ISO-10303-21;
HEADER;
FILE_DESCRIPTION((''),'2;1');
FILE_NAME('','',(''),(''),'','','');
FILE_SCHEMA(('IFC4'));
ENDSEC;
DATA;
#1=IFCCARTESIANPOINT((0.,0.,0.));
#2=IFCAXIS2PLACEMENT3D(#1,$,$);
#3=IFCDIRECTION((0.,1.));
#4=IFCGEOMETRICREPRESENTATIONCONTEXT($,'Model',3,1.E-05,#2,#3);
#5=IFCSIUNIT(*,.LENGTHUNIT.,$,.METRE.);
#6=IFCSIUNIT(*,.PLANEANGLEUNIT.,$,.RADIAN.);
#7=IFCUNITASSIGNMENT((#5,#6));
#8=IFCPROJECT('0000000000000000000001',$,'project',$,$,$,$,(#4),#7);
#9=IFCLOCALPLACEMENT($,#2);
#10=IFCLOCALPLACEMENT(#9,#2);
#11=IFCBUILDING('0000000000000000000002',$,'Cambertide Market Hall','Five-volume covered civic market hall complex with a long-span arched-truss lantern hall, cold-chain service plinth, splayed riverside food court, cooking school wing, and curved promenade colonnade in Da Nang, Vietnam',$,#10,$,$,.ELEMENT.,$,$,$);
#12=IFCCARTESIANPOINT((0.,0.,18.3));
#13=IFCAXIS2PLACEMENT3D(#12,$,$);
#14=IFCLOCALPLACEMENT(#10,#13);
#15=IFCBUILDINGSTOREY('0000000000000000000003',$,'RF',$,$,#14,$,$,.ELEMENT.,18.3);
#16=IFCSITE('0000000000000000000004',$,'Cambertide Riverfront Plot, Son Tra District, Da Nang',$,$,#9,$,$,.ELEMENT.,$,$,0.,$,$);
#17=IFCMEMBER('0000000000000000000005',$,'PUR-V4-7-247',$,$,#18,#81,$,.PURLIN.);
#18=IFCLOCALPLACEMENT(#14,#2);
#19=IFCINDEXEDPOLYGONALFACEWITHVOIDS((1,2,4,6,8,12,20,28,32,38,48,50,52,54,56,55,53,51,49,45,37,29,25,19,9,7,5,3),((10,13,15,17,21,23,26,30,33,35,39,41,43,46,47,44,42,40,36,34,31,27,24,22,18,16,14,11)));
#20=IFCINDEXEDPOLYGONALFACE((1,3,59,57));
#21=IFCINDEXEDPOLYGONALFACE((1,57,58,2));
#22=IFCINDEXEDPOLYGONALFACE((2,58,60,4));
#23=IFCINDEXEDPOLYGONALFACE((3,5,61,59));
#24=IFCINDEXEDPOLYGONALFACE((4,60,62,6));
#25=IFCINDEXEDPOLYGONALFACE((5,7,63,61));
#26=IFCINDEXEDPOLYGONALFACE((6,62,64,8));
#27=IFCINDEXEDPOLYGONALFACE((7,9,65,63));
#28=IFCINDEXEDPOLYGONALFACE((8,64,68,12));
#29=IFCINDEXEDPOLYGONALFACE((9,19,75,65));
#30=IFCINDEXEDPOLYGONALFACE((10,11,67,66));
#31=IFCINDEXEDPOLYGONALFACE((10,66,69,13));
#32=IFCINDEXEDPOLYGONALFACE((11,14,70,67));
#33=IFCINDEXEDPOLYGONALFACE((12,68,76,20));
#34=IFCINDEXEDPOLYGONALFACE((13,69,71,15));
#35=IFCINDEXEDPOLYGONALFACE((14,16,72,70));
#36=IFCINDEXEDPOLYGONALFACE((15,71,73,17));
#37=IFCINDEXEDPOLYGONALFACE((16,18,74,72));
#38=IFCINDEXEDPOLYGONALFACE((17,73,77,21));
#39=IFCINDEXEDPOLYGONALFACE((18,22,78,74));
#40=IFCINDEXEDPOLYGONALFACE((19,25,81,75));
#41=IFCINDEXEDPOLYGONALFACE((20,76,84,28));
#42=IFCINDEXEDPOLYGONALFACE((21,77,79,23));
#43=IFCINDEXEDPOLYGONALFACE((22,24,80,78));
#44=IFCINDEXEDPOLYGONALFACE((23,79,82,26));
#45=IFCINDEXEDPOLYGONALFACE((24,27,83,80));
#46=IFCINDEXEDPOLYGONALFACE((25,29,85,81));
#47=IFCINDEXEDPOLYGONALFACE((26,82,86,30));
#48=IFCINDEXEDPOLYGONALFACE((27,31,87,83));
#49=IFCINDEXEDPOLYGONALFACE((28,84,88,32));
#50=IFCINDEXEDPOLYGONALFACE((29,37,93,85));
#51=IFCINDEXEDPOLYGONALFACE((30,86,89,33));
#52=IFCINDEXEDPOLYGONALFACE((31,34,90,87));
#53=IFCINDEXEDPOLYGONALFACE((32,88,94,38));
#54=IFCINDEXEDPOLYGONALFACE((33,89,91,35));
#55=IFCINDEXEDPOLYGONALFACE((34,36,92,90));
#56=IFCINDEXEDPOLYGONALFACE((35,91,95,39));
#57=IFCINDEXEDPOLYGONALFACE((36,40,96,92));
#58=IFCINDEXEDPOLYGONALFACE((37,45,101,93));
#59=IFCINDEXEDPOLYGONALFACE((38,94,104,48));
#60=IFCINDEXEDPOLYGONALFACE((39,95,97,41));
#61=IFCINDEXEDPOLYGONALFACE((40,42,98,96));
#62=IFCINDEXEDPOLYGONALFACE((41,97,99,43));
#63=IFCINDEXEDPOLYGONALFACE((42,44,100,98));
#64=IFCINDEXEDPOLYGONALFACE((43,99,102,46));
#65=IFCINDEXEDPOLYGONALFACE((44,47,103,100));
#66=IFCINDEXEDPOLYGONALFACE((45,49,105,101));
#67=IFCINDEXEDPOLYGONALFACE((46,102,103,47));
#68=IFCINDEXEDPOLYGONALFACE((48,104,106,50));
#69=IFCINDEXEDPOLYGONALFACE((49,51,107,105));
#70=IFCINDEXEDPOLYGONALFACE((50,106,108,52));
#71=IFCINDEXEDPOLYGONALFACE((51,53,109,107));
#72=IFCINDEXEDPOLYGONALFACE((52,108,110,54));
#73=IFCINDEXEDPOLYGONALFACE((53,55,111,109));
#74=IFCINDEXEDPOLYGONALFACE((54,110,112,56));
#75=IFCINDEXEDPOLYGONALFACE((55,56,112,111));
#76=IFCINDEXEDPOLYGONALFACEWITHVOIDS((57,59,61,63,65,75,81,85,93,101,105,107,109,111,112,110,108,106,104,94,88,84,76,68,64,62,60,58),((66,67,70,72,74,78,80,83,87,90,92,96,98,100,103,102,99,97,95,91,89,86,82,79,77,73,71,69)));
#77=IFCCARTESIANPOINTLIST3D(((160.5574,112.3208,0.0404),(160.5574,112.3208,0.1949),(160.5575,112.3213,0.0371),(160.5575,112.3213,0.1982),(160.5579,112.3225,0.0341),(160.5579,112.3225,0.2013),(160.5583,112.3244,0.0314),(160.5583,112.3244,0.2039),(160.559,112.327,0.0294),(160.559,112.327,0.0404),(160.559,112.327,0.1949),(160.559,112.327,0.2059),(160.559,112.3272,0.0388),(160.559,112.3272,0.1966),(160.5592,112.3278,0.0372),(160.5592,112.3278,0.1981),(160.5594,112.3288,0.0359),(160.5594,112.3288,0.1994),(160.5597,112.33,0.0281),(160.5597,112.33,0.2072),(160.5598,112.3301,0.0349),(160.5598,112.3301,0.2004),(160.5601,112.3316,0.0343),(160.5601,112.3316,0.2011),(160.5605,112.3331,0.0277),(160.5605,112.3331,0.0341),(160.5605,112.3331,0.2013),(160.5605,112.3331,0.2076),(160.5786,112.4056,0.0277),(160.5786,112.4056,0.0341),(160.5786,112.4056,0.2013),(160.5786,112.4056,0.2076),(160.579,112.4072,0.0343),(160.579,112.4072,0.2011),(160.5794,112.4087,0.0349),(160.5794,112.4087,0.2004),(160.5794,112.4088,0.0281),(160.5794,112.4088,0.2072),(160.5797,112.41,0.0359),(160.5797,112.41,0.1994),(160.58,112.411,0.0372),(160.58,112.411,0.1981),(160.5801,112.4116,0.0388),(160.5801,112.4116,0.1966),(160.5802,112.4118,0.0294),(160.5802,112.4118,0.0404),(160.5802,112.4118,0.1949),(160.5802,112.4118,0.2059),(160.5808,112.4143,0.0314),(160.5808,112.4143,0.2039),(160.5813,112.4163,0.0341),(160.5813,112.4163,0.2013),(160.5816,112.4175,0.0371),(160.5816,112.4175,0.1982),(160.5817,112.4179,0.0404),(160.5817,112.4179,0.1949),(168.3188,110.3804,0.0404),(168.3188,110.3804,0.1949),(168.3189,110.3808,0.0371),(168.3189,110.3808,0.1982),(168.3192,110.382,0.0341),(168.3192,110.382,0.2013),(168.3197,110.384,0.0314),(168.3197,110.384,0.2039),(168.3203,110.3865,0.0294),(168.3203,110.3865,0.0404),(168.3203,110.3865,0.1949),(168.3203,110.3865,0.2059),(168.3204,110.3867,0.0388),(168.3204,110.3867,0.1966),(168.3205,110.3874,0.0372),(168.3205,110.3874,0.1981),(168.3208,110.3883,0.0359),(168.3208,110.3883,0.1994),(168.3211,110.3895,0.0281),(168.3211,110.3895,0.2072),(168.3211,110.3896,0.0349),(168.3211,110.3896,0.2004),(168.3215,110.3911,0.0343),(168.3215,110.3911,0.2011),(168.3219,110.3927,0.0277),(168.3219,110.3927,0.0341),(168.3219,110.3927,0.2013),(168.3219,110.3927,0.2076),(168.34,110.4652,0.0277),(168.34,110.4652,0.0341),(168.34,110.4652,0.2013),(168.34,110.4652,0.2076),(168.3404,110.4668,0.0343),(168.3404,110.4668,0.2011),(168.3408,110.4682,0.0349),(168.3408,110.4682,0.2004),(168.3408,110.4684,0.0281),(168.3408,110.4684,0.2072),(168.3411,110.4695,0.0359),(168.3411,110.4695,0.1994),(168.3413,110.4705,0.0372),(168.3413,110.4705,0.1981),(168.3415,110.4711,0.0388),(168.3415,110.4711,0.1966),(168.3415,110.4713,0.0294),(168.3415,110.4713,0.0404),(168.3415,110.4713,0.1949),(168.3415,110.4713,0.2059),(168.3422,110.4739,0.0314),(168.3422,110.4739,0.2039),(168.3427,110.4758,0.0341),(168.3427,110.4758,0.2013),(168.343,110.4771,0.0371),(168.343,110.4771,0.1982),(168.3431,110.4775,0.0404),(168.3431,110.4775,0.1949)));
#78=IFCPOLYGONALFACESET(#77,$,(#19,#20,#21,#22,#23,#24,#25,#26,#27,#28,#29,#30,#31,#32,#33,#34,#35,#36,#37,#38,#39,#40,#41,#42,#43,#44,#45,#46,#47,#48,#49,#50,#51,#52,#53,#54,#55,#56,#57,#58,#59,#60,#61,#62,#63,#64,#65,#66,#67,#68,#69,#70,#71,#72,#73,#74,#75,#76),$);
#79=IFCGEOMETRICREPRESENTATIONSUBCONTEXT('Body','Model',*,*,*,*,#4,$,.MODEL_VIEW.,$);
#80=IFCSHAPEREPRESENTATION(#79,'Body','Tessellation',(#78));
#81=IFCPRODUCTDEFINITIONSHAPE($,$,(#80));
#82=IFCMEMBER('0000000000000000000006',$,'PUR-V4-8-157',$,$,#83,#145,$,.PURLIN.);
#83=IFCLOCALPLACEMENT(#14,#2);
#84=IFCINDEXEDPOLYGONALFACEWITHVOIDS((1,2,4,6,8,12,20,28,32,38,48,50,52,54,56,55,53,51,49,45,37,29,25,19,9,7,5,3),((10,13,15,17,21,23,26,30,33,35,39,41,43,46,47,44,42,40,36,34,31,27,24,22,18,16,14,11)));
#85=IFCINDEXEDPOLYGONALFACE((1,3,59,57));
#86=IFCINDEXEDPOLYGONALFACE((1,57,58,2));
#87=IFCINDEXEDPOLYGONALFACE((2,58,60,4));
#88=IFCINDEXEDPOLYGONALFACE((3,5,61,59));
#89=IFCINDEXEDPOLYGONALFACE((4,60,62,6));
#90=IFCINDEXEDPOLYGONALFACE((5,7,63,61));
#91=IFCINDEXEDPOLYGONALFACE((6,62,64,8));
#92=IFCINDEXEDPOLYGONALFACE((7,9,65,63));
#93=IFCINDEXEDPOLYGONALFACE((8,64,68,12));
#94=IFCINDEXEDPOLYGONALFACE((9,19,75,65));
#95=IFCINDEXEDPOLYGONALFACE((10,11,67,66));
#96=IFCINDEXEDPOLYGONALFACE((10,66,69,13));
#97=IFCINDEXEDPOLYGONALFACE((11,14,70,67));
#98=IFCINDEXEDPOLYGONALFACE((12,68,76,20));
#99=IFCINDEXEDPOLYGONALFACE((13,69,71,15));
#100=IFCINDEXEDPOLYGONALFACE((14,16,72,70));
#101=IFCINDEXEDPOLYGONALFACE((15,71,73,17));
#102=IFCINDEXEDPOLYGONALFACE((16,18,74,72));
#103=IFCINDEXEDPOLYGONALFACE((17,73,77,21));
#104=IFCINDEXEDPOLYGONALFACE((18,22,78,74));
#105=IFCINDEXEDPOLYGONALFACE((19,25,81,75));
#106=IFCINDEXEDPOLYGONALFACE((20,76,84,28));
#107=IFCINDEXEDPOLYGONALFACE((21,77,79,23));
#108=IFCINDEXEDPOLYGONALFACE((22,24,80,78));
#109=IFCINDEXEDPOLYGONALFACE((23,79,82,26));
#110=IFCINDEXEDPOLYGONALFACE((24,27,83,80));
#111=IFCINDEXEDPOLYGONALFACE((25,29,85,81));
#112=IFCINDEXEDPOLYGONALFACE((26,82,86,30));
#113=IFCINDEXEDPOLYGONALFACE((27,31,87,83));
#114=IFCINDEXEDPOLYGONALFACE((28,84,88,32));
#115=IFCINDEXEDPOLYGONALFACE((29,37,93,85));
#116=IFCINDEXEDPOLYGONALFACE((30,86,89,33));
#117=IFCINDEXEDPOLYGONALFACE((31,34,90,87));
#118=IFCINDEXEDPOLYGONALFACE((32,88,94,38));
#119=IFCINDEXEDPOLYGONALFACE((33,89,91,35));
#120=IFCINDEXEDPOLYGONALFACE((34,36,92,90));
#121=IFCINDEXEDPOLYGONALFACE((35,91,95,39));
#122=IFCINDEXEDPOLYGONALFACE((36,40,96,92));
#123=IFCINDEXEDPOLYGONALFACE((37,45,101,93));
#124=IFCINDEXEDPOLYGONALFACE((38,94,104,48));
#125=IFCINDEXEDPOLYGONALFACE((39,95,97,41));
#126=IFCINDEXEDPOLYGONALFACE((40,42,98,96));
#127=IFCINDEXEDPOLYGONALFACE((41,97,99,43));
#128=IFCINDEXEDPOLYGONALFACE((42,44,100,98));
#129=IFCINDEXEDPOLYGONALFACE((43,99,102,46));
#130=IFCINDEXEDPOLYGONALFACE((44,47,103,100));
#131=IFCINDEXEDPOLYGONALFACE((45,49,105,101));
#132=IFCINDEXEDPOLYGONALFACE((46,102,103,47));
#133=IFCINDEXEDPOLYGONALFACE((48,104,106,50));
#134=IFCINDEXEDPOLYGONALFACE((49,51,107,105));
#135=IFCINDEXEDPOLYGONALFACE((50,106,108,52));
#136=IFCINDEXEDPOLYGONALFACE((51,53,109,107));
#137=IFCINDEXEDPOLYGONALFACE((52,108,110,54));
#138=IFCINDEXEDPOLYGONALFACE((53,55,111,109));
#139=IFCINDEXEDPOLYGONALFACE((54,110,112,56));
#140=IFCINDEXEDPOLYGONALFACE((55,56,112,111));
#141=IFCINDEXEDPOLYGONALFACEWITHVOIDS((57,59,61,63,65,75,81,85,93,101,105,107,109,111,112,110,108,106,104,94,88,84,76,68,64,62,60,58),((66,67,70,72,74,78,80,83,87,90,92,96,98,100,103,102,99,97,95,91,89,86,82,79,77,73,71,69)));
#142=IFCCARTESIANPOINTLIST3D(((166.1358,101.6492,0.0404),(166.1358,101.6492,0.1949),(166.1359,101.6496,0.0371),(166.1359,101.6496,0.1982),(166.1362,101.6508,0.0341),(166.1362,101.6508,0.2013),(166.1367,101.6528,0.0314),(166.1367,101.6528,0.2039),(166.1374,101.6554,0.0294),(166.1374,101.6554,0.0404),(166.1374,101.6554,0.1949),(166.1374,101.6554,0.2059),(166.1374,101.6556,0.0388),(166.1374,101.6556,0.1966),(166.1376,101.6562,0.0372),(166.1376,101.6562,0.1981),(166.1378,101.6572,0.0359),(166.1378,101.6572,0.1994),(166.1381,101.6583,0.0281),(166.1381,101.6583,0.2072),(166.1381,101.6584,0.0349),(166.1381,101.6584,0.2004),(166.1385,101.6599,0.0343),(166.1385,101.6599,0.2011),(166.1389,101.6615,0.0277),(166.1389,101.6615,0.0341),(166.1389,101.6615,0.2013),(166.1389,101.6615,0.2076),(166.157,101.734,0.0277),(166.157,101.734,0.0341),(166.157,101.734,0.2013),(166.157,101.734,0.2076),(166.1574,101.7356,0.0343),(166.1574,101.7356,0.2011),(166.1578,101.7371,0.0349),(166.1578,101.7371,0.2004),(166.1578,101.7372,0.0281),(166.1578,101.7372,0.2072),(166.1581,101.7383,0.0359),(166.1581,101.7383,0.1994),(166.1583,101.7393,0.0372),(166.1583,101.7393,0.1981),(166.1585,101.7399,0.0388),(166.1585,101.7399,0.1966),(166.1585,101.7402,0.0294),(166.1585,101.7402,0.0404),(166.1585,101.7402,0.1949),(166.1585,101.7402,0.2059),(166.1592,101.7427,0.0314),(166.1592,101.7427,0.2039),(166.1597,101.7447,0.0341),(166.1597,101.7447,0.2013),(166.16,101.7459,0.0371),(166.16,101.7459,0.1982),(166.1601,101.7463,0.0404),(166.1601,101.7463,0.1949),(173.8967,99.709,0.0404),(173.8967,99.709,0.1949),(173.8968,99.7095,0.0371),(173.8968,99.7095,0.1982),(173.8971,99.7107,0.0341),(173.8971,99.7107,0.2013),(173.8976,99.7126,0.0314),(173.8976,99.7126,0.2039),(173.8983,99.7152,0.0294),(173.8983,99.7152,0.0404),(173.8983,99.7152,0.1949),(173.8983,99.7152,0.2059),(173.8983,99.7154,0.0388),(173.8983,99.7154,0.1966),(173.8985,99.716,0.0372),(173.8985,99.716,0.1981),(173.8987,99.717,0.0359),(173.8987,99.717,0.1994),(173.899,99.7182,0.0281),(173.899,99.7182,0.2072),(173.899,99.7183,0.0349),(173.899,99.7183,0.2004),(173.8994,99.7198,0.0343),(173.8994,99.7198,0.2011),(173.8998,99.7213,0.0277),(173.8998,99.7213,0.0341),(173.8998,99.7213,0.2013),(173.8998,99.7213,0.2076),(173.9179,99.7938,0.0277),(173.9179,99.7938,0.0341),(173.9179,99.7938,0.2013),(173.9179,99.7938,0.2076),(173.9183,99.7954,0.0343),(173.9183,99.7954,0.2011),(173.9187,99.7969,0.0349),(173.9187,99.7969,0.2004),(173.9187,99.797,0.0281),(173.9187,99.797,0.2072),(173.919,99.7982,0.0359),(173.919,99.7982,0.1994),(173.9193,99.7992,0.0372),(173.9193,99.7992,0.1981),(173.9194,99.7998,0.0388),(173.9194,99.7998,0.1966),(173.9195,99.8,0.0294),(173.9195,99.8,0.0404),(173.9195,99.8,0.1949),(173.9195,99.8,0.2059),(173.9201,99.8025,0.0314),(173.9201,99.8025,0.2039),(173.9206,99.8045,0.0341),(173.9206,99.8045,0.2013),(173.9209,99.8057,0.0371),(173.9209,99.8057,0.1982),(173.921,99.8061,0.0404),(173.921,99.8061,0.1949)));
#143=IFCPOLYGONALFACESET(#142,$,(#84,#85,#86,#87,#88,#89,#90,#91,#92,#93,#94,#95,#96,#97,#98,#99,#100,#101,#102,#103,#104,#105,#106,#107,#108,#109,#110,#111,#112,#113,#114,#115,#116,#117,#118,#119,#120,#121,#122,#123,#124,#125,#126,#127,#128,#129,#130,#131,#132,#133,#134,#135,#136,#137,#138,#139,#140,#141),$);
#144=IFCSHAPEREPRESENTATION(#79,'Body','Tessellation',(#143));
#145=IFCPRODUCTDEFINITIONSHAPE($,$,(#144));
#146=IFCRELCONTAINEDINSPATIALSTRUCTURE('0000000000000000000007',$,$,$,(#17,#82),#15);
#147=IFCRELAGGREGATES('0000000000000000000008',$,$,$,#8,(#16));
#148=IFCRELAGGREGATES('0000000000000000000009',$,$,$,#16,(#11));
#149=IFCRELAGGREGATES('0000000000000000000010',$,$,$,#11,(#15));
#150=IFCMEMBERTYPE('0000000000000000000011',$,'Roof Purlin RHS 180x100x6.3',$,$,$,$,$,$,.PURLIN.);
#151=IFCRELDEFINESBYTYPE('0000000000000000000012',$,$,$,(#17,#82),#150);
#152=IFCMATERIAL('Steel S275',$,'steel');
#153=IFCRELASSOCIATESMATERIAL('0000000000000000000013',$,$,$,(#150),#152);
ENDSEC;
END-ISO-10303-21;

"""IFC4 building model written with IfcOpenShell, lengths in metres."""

from ifc_helpers import new_model, si_unit, direction, frame, origin, origin_2d, place, context, subcontext, project, spatial, hollow_rectangle, extrude, material, material_profile, profile_set, type_object, element, save


model = new_model("IFC4")

# Units and contexts
model_context = context("Model", 3, precision=1e-05, world=origin(), true_north=direction((0.0, 1.0)))
body_context = subcontext(model_context, "Body", "Model", "MODEL_VIEW")
ifc_project = project(units=[si_unit("LENGTHUNIT", "METRE"), si_unit("PLANEANGLEUNIT", "RADIAN")], contexts=[model_context])

# Site, building, storey
site_placement = place(None, origin())
site = spatial("IfcSite", under=ifc_project, at=site_placement, Name="Cambertide Riverfront Plot, Son Tra District, Da Nang", CompositionType="ELEMENT", RefElevation=0.0)
building_placement = place(site_placement, origin())
building = spatial("IfcBuilding", under=site, at=building_placement, Name="Cambertide Market Hall", Description="Five-volume covered civic market hall complex with a long-span arched-truss lantern hall, cold-chain service plinth, splayed riverside food court, cooking school wing, and curved promenade colonnade in Da Nang, Vietnam", CompositionType="ELEMENT")
storey_placement = place(building_placement, frame((0.0, 0.0, 18.3)))
storey = spatial("IfcBuildingStorey", under=building, at=storey_placement, Name="RF", CompositionType="ELEMENT", Elevation=18.3)

# Members
ifc_material_1 = material(Name="Steel S275", Category="steel")
ifc_material_profile_1 = material_profile(ifc_material_1, hollow_rectangle(XDim=0.1001, YDim=0.1799, WallThickness=0.0063, InnerFilletRadius=0.0063, OuterFilletRadius=0.0127, at=origin_2d()), Name="RHS 180x100x6.3")
ifc_profile_set_1 = profile_set([ifc_material_profile_1], Name="Steel S275")
member_type_1 = type_object("IfcMemberType", Name="Roof Purlin RHS 180x100x6.3", PredefinedType="PURLIN", material=ifc_profile_set_1)
member_1_placement = place(storey_placement, frame((160.5696, 112.3694, 0.1177), z_axis=(0.970139, -0.24255, 0.0), x_axis=(0.24255, 0.970139, 0.0)))
element("IfcMember", 1, at=member_1_placement, inside=storey, type_object=member_type_1, Name="PUR-V4-7-247", PredefinedType="PURLIN", context=body_context, shape_type="SweptSolid", body=[
    extrude(hollow_rectangle(XDim=0.1001, YDim=0.1799, WallThickness=0.0063, InnerFilletRadius=0.0063, OuterFilletRadius=0.0127, at=origin_2d()), origin(), (0.0, 0.0, 1.0), 8.0002),
])
member_2_placement = place(storey_placement, frame((166.1479, 101.6978, 0.1177), z_axis=(0.970144, -0.242528, 0.0), x_axis=(0.242528, 0.970144, 0.0)))
element("IfcMember", 2, at=member_2_placement, inside=storey, type_object=member_type_1, Name="PUR-V4-8-157", PredefinedType="PURLIN", context=body_context, shape_type="SweptSolid", body=[
    extrude(hollow_rectangle(XDim=0.1001, YDim=0.1799, WallThickness=0.0063, InnerFilletRadius=0.0063, OuterFilletRadius=0.0127, at=origin_2d()), origin(), (0.0, 0.0, 1.0), 7.9998),
])

save(model, "model.ifc")
